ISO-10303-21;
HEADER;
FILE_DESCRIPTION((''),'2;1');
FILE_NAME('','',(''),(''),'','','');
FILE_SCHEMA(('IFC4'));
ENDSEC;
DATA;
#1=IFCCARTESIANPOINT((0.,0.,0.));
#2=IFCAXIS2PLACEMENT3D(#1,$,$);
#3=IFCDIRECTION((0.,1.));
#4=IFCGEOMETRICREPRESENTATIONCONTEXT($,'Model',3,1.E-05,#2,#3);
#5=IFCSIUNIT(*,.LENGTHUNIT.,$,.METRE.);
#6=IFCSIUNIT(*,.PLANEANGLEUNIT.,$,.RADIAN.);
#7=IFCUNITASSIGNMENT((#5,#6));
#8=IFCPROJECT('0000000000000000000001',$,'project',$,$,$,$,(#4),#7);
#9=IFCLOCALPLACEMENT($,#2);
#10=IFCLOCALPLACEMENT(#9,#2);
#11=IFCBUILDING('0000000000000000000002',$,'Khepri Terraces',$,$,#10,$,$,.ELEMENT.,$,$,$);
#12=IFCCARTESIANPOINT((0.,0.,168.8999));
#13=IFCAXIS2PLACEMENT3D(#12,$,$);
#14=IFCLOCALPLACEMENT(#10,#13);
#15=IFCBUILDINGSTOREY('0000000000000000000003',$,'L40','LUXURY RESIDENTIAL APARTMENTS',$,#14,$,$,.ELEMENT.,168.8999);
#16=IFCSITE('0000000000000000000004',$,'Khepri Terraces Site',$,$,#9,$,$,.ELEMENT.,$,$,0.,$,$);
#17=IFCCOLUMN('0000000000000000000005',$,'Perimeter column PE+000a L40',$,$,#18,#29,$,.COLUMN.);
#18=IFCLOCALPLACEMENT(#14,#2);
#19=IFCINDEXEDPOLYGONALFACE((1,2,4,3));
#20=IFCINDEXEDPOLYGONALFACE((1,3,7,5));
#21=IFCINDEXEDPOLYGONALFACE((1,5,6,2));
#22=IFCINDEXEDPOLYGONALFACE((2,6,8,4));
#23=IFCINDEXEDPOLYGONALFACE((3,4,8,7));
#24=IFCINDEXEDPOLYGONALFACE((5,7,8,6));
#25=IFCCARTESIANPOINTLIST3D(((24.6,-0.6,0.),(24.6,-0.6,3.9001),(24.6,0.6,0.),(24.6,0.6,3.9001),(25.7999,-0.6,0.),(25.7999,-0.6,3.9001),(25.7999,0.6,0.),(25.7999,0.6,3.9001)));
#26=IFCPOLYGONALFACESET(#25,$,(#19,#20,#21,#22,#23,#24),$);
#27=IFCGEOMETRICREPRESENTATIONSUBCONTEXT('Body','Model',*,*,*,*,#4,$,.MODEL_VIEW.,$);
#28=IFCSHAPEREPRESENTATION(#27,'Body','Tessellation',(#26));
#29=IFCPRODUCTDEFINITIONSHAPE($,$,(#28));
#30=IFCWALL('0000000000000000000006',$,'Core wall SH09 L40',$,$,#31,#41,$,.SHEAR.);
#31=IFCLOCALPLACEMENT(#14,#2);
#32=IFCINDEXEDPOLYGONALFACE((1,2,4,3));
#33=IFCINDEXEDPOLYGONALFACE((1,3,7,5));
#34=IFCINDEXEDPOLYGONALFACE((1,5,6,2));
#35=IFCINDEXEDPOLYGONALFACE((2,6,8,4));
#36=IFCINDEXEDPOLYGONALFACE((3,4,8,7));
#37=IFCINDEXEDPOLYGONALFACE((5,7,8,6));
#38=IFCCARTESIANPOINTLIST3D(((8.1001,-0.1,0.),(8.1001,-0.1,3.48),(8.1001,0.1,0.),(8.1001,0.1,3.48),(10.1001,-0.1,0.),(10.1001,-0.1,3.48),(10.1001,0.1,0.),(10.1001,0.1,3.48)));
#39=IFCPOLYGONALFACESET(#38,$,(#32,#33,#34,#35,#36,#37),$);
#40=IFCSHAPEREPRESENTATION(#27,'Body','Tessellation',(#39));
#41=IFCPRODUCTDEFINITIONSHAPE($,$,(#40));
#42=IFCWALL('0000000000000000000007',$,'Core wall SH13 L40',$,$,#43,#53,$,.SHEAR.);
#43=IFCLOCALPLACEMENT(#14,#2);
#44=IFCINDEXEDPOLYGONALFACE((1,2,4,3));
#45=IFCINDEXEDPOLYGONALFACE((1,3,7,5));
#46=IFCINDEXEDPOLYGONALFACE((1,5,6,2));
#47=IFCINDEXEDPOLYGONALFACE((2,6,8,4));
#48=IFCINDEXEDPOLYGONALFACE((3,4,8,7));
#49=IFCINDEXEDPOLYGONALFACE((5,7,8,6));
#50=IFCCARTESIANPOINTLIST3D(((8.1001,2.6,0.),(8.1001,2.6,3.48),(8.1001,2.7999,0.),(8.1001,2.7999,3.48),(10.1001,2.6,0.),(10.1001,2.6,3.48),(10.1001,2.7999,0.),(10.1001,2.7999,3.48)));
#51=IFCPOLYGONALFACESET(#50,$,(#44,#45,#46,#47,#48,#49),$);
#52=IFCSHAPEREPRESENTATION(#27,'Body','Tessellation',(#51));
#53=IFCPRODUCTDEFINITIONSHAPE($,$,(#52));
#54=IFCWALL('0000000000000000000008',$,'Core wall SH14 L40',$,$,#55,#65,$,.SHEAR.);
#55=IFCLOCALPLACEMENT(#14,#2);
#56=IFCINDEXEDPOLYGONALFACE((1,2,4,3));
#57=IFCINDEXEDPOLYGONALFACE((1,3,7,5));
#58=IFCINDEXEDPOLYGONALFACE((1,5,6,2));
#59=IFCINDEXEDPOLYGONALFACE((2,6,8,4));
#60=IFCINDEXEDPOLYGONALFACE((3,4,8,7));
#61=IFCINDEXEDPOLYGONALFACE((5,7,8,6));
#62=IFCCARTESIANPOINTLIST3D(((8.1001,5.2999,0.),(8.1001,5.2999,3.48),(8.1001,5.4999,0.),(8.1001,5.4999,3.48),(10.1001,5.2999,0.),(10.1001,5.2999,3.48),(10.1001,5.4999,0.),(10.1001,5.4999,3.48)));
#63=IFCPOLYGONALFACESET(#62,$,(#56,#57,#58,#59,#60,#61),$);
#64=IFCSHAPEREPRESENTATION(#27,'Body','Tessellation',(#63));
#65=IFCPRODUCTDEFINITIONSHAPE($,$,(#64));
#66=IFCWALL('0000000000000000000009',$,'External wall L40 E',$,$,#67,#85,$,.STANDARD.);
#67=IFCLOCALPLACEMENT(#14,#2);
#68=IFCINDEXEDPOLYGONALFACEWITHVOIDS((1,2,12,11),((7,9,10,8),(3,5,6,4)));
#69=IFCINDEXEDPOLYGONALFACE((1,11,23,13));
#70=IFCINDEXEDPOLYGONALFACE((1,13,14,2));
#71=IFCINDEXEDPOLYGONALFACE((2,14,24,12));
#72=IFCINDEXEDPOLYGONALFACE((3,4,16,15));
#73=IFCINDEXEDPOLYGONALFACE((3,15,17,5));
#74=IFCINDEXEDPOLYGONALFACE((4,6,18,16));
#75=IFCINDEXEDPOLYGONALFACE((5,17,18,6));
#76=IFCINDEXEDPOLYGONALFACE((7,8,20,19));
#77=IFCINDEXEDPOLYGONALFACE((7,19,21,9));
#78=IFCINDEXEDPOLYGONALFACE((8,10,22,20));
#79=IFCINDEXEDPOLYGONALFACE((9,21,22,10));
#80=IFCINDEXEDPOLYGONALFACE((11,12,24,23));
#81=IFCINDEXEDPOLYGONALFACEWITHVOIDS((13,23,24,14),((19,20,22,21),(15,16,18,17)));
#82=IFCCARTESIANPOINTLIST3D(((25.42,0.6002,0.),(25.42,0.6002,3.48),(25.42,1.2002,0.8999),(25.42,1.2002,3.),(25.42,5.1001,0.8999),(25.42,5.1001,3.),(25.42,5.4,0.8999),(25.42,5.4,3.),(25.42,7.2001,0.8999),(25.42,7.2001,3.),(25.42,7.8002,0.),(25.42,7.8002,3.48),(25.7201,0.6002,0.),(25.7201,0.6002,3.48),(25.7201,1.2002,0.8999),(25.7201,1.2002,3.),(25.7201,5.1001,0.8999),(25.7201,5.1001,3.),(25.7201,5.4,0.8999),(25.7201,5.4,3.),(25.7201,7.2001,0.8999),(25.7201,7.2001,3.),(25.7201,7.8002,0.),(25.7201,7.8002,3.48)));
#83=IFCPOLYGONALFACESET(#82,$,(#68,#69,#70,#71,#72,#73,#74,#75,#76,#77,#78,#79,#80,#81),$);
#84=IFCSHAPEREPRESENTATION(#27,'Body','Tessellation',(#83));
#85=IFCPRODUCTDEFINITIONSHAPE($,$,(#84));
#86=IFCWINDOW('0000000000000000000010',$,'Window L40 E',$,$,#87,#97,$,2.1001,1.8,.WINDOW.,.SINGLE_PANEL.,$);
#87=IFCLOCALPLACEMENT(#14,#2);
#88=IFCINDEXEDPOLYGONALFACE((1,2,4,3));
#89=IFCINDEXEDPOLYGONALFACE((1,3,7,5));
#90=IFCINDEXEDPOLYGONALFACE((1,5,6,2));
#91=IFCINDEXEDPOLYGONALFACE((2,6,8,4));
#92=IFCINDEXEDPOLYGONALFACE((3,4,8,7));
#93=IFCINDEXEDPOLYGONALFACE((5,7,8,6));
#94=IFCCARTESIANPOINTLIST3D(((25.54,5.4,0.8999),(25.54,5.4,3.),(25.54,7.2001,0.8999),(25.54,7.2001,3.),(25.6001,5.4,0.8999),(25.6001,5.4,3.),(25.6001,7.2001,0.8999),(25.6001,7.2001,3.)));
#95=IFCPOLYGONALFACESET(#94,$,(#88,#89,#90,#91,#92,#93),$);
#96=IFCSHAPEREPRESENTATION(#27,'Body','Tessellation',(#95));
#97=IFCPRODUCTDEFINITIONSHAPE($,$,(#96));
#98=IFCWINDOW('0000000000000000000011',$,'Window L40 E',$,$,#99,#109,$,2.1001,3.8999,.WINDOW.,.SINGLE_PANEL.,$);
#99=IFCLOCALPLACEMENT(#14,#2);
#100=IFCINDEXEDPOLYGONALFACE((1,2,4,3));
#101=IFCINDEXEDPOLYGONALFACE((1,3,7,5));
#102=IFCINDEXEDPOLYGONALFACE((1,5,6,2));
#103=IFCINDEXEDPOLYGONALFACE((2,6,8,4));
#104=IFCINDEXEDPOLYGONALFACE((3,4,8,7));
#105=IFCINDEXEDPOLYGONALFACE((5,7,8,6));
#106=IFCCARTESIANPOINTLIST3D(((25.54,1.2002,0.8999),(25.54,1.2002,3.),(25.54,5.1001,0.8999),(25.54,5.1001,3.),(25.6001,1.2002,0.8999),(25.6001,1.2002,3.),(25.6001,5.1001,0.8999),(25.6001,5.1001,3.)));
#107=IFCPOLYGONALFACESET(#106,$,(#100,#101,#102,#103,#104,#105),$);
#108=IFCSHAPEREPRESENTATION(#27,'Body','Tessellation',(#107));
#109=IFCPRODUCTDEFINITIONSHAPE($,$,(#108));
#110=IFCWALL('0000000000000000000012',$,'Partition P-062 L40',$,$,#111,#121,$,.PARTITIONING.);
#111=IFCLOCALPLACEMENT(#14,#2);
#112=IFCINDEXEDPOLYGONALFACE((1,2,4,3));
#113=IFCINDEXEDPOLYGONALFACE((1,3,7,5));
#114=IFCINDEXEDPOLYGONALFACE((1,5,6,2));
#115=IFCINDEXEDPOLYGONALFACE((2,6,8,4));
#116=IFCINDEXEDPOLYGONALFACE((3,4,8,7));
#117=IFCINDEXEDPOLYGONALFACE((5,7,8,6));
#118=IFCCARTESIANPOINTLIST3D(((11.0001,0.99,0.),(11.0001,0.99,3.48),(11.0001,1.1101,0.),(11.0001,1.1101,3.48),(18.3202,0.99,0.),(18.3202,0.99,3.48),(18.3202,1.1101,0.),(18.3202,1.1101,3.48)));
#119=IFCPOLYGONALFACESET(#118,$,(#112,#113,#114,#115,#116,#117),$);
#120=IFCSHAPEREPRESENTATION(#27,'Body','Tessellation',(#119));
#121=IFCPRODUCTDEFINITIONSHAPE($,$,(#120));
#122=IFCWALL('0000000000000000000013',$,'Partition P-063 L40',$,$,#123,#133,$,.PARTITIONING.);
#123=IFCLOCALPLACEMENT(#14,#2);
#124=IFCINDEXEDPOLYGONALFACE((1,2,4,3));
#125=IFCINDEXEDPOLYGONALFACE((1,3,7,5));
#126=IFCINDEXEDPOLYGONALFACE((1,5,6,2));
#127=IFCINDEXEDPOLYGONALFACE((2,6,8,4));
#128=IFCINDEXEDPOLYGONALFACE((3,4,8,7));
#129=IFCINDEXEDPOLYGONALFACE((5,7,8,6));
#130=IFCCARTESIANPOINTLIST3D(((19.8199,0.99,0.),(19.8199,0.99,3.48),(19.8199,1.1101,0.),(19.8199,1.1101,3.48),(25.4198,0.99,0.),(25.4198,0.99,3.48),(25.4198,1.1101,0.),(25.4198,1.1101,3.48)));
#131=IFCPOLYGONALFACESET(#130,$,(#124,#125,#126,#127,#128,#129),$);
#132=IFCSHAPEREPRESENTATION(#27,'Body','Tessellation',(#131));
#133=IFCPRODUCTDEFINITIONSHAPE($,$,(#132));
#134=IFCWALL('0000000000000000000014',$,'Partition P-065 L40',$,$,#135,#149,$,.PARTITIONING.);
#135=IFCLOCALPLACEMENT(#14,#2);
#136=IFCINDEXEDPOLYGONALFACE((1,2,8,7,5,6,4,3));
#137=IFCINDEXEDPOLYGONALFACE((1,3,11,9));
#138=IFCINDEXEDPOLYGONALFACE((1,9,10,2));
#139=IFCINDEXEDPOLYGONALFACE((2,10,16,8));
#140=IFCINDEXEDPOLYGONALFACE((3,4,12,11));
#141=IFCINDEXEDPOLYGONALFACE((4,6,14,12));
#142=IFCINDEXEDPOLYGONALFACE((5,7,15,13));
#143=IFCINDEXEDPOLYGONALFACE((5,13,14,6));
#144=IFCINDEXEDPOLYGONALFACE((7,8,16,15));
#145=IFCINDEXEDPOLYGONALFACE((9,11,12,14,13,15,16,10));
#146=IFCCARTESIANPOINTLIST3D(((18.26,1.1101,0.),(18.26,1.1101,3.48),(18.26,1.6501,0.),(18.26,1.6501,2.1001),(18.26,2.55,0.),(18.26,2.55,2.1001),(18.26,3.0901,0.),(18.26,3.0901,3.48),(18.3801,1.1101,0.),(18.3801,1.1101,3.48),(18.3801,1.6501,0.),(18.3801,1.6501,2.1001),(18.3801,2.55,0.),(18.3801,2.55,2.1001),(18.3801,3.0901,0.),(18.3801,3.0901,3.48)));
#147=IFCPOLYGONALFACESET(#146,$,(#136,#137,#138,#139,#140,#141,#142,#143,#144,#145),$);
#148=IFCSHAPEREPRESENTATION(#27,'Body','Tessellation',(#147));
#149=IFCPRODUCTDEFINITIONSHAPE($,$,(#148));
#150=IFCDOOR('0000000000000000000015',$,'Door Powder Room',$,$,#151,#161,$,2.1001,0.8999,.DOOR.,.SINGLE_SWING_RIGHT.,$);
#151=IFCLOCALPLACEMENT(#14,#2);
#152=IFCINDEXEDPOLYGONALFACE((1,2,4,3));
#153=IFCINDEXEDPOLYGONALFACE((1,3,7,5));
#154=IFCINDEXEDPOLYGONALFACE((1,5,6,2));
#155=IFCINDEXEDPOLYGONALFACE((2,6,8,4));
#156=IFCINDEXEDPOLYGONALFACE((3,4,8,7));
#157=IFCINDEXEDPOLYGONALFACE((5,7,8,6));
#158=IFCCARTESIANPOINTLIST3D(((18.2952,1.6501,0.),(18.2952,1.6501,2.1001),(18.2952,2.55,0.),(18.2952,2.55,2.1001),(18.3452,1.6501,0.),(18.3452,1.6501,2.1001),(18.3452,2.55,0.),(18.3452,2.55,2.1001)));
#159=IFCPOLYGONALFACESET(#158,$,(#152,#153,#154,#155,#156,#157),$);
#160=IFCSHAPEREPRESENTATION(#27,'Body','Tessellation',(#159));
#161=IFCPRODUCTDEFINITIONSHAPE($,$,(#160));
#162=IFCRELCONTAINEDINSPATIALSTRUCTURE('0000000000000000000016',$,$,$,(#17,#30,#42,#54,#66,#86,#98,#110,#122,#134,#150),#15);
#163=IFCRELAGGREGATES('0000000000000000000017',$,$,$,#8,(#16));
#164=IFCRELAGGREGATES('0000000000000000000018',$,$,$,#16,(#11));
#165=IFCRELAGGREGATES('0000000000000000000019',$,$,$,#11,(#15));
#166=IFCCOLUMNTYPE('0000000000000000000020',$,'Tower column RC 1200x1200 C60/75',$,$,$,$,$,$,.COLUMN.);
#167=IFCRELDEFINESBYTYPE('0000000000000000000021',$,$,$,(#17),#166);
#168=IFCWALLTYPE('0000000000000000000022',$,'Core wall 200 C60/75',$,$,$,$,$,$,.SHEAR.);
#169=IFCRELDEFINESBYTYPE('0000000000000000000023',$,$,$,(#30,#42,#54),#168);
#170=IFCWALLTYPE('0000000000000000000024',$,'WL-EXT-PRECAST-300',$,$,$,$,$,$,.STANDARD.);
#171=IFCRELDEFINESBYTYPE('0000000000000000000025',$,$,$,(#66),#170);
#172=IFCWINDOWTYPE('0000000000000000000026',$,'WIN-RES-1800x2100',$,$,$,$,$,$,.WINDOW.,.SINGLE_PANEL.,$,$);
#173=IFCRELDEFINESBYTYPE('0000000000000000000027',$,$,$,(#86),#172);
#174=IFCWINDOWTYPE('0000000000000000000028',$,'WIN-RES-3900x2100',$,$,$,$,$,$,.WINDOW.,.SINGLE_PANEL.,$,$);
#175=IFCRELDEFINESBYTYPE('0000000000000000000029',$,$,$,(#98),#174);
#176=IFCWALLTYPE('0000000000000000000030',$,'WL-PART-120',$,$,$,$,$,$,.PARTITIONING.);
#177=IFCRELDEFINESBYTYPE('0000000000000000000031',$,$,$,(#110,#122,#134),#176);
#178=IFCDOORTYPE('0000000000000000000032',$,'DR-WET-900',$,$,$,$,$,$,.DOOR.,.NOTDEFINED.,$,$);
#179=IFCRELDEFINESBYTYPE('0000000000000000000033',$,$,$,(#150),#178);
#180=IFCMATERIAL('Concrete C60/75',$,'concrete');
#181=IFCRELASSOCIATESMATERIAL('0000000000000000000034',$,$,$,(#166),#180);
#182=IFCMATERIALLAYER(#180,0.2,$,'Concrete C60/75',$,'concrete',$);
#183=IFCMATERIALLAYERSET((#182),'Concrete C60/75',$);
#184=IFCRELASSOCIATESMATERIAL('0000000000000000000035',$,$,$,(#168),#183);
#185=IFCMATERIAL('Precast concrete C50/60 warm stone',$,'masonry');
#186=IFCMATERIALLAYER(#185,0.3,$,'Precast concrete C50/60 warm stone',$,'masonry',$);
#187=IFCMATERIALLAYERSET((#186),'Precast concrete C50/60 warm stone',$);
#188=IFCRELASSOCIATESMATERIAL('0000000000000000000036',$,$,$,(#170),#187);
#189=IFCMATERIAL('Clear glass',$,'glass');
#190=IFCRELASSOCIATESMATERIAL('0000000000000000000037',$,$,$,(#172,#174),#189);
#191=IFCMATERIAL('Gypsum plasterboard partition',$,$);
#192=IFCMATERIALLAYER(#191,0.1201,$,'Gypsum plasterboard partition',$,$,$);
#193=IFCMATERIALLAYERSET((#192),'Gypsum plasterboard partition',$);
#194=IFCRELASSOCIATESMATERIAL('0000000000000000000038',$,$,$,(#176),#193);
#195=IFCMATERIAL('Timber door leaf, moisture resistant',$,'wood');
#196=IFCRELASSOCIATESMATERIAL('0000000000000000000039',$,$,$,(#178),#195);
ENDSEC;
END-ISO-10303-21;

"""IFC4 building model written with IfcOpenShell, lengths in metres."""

from ifc_helpers import new_model, si_unit, direction, frame, frame_2d, origin, origin_2d, place, context, subcontext, project, spatial, rectangle, extrude, material, layer, layer_set, material_profile, profile_set, type_object, element, fill, save


model = new_model("IFC4")

# Units and contexts
model_context = context("Model", 3, precision=1e-05, world=origin(), true_north=direction((0.0, 1.0)))
body_context = subcontext(model_context, "Body", "Model", "MODEL_VIEW")
ifc_project = project(units=[si_unit("LENGTHUNIT", "METRE"), si_unit("PLANEANGLEUNIT", "RADIAN")], contexts=[model_context])

# Site, building, storey
site_placement = place(None, origin())
site = spatial("IfcSite", under=ifc_project, at=site_placement, Name="Khepri Terraces Site", CompositionType="ELEMENT", RefElevation=0.0)
building_placement = place(site_placement, origin())
building = spatial("IfcBuilding", under=site, at=building_placement, Name="Khepri Terraces", CompositionType="ELEMENT")
storey_placement = place(building_placement, frame((0.0, 0.0, 168.8999)))
storey = spatial("IfcBuildingStorey", under=building, at=storey_placement, Name="L40", Description="LUXURY RESIDENTIAL APARTMENTS", CompositionType="ELEMENT", Elevation=168.8999)

# Column
ifc_material_1 = material(Name="Concrete C60/75", Category="concrete")
ifc_material_profile = material_profile(ifc_material_1, rectangle(XDim=1.2, YDim=1.2, at=origin_2d()), Name="Concrete C60/75", Category="concrete")
ifc_profile_set = profile_set([ifc_material_profile], Name="Concrete C60/75")
column_type = type_object("IfcColumnType", Name="Tower column RC 1200x1200 C60/75", PredefinedType="COLUMN", material=ifc_profile_set)
column_placement = place(storey_placement, frame((25.2, 0.0, 0.0), z_axis=(0.0, 0.0, 1.0), x_axis=(1.0, 0.0, 0.0)))
element("IfcColumn", 1, at=column_placement, inside=storey, type_object=column_type, Name="Perimeter column PE+000a L40", PredefinedType="COLUMN", context=body_context, shape_type="SweptSolid", body=[
    extrude(rectangle(XDim=1.2, YDim=1.2, at=origin_2d()), origin(), (0.0, 0.0, 1.0), 3.9001),
])

# Walls
ifc_layer_1 = layer(ifc_material_1, 0.2, Name="Concrete C60/75", Category="concrete")
ifc_layer_set_1 = layer_set([ifc_layer_1], Name="Concrete C60/75")
wall_type_1 = type_object("IfcWallType", Name="Core wall 200 C60/75", PredefinedType="SHEAR", material=ifc_layer_set_1)
for number, where, z_axis, x_axis, name in (
    (2, (8.1001, 0.0, 0.0), (0.0, 0.0, 1.0), (1.0, 0.0, 0.0), "Core wall SH09 L40"),
    (3, (8.1001, 2.7, 0.0), (0.0, 0.0, 1.0), (1.0, 0.0, 0.0), "Core wall SH13 L40"),
    (4, (8.1001, 5.3999, 0.0), (0.0, 0.0, 1.0), (1.0, 0.0, 0.0), "Core wall SH14 L40"),
):
    element("IfcWall", number, at=place(storey_placement, frame(where, z_axis=z_axis, x_axis=x_axis)), inside=storey, type_object=wall_type_1, Name=name, PredefinedType="SHEAR", context=body_context, shape_type="SweptSolid", body=[
        extrude(rectangle(XDim=2.0, YDim=0.2, at=frame_2d((1.0, 0.0))), origin(), (0.0, 0.0, 1.0), 3.48),
    ])

# Wall, openings, windows
ifc_material_2 = material(Name="Precast concrete C50/60 warm stone", Category="masonry")
ifc_layer_2 = layer(ifc_material_2, 0.3, Name="Precast concrete C50/60 warm stone", Category="masonry")
ifc_layer_set_2 = layer_set([ifc_layer_2], Name="Precast concrete C50/60 warm stone")
wall_type_2 = type_object("IfcWallType", Name="WL-EXT-PRECAST-300", PredefinedType="STANDARD", material=ifc_layer_set_2)
wall_1_placement = place(storey_placement, frame((25.5701, 0.6001, 0.0), z_axis=(0.0, 0.0, 1.0), x_axis=(0.0, 1.0, 0.0)))
wall_1 = element("IfcWall", 5, at=wall_1_placement, inside=storey, type_object=wall_type_2, Name="External wall L40 E", PredefinedType="STANDARD", context=body_context, shape_type="SweptSolid", body=[
    extrude(rectangle(XDim=7.2, YDim=0.3, at=frame_2d((3.6001, 0.0))), origin(), (0.0, 0.0, 1.0), 3.48),
])
opening_1_placement = place(wall_1_placement, frame((0.6001, 0.0, 0.8999)))
opening_1 = element("IfcOpeningElement", 6, at=opening_1_placement, cuts=wall_1, PredefinedType="OPENING", context=body_context, shape_type="SweptSolid", body=[
    extrude(rectangle(XDim=3.8999, YDim=2.1001, at=frame_2d((1.95, 1.05))), frame((0.0, 0.1602, 0.0), z_axis=(0.0, -1.0, 0.0), x_axis=(1.0, 0.0, 0.0)), (0.0, 0.0, 1.0), 0.3201),
])
opening_2_placement = place(wall_1_placement, frame((4.8, 0.0, 0.8999)))
opening_2 = element("IfcOpeningElement", 7, at=opening_2_placement, cuts=wall_1, PredefinedType="OPENING", context=body_context, shape_type="SweptSolid", body=[
    extrude(rectangle(XDim=1.8, YDim=2.1001, at=frame_2d((0.8999, 1.05))), frame((0.0, 0.1602, 0.0), z_axis=(0.0, -1.0, 0.0), x_axis=(1.0, 0.0, 0.0)), (0.0, 0.0, 1.0), 0.3201),
])
ifc_material_3 = material(Name="Clear glass", Category="glass")
window_type_1 = type_object("IfcWindowType", Name="WIN-RES-1800x2100", PartitioningType="SINGLE_PANEL", PredefinedType="WINDOW", material=ifc_material_3)
window_1_placement = place(opening_2_placement, origin())
window_1 = element("IfcWindow", 8, at=window_1_placement, inside=storey, type_object=window_type_1, Name="Window L40 E", OverallHeight=2.1001, OverallWidth=1.8, PartitioningType="SINGLE_PANEL", PredefinedType="WINDOW", context=body_context, shape_type="SweptSolid", body=[
    extrude(rectangle(XDim=1.8, YDim=2.1001, at=frame_2d((0.8999, 1.05))), frame((0.0, 0.03, 0.0), z_axis=(0.0, -1.0, 0.0), x_axis=(1.0, 0.0, 0.0)), (0.0, 0.0, 1.0), 0.0601),
])
fill(opening_2, window_1)
window_type_2 = type_object("IfcWindowType", Name="WIN-RES-3900x2100", PartitioningType="SINGLE_PANEL", PredefinedType="WINDOW", material=ifc_material_3)
window_2_placement = place(opening_1_placement, origin())
window_2 = element("IfcWindow", 9, at=window_2_placement, inside=storey, type_object=window_type_2, Name="Window L40 E", OverallHeight=2.1001, OverallWidth=3.8999, PartitioningType="SINGLE_PANEL", PredefinedType="WINDOW", context=body_context, shape_type="SweptSolid", body=[
    extrude(rectangle(XDim=3.8999, YDim=2.1001, at=frame_2d((1.95, 1.05))), frame((0.0, 0.03, 0.0), z_axis=(0.0, -1.0, 0.0), x_axis=(1.0, 0.0, 0.0)), (0.0, 0.0, 1.0), 0.0601),
])
fill(opening_1, window_2)

# Walls
ifc_material_4 = material(Name="Gypsum plasterboard partition")
ifc_layer_3 = layer(ifc_material_4, 0.1201, Name="Gypsum plasterboard partition")
ifc_layer_set_3 = layer_set([ifc_layer_3], Name="Gypsum plasterboard partition")
wall_type_3 = type_object("IfcWallType", Name="WL-PART-120", PredefinedType="PARTITIONING", material=ifc_layer_set_3)
wall_2_placement = place(storey_placement, frame((11.0, 1.05, 0.0), z_axis=(0.0, 0.0, 1.0), x_axis=(1.0, 0.0, 0.0)))
element("IfcWall", 10, at=wall_2_placement, inside=storey, type_object=wall_type_3, Name="Partition P-062 L40", PredefinedType="PARTITIONING", context=body_context, shape_type="SweptSolid", body=[
    extrude(rectangle(XDim=7.3201, YDim=0.1201, at=frame_2d((3.6602, 0.0))), origin(), (0.0, 0.0, 1.0), 3.48),
])
wall_3_placement = place(storey_placement, frame((19.8201, 1.05, 0.0), z_axis=(0.0, 0.0, 1.0), x_axis=(1.0, 0.0, 0.0)))
element("IfcWall", 11, at=wall_3_placement, inside=storey, type_object=wall_type_3, Name="Partition P-063 L40", PredefinedType="PARTITIONING", context=body_context, shape_type="SweptSolid", body=[
    extrude(rectangle(XDim=5.5999, YDim=0.1201, at=frame_2d((2.7998, 0.0))), origin(), (0.0, 0.0, 1.0), 3.48),
])

# Wall, opening, door
wall_4_placement = place(storey_placement, frame((18.3201, 1.1101, 0.0), z_axis=(0.0, 0.0, 1.0), x_axis=(0.0, 1.0, 0.0)))
wall_4 = element("IfcWall", 12, at=wall_4_placement, inside=storey, type_object=wall_type_3, Name="Partition P-065 L40", PredefinedType="PARTITIONING", context=body_context, shape_type="SweptSolid", body=[
    extrude(rectangle(XDim=1.98, YDim=0.1201, at=frame_2d((0.99, 0.0))), origin(), (0.0, 0.0, 1.0), 3.48),
])
opening_3_placement = place(wall_4_placement, frame((0.54, 0.0, 0.0)))
opening_3 = element("IfcOpeningElement", 13, at=opening_3_placement, cuts=wall_4, PredefinedType="OPENING", context=body_context, shape_type="SweptSolid", body=[
    extrude(rectangle(XDim=0.8999, YDim=2.1001, at=frame_2d((0.45, 1.05))), frame((0.0, 0.0701, 0.0), z_axis=(0.0, -1.0, 0.0), x_axis=(1.0, 0.0, 0.0)), (0.0, 0.0, 1.0), 0.1401),
])
ifc_material_5 = material(Name="Timber door leaf, moisture resistant", Category="wood")
door_type_1 = type_object("IfcDoorType", Name="DR-WET-900", OperationType="NOTDEFINED", PredefinedType="DOOR", material=ifc_material_5)
door_1_placement = place(opening_3_placement, origin())
door_1 = element("IfcDoor", 14, at=door_1_placement, inside=storey, type_object=door_type_1, Name="Door Powder Room", OperationType="SINGLE_SWING_RIGHT", OverallHeight=2.1001, OverallWidth=0.8999, PredefinedType="DOOR", context=body_context, shape_type="SweptSolid", body=[
    extrude(rectangle(XDim=0.8999, YDim=2.1001, at=frame_2d((0.45, 1.05))), frame((0.0, 0.0249, 0.0), z_axis=(0.0, -1.0, 0.0), x_axis=(1.0, 0.0, 0.0)), (0.0, 0.0, 1.0), 0.05),
])
fill(opening_3, door_1)

save(model, "model.ifc")
